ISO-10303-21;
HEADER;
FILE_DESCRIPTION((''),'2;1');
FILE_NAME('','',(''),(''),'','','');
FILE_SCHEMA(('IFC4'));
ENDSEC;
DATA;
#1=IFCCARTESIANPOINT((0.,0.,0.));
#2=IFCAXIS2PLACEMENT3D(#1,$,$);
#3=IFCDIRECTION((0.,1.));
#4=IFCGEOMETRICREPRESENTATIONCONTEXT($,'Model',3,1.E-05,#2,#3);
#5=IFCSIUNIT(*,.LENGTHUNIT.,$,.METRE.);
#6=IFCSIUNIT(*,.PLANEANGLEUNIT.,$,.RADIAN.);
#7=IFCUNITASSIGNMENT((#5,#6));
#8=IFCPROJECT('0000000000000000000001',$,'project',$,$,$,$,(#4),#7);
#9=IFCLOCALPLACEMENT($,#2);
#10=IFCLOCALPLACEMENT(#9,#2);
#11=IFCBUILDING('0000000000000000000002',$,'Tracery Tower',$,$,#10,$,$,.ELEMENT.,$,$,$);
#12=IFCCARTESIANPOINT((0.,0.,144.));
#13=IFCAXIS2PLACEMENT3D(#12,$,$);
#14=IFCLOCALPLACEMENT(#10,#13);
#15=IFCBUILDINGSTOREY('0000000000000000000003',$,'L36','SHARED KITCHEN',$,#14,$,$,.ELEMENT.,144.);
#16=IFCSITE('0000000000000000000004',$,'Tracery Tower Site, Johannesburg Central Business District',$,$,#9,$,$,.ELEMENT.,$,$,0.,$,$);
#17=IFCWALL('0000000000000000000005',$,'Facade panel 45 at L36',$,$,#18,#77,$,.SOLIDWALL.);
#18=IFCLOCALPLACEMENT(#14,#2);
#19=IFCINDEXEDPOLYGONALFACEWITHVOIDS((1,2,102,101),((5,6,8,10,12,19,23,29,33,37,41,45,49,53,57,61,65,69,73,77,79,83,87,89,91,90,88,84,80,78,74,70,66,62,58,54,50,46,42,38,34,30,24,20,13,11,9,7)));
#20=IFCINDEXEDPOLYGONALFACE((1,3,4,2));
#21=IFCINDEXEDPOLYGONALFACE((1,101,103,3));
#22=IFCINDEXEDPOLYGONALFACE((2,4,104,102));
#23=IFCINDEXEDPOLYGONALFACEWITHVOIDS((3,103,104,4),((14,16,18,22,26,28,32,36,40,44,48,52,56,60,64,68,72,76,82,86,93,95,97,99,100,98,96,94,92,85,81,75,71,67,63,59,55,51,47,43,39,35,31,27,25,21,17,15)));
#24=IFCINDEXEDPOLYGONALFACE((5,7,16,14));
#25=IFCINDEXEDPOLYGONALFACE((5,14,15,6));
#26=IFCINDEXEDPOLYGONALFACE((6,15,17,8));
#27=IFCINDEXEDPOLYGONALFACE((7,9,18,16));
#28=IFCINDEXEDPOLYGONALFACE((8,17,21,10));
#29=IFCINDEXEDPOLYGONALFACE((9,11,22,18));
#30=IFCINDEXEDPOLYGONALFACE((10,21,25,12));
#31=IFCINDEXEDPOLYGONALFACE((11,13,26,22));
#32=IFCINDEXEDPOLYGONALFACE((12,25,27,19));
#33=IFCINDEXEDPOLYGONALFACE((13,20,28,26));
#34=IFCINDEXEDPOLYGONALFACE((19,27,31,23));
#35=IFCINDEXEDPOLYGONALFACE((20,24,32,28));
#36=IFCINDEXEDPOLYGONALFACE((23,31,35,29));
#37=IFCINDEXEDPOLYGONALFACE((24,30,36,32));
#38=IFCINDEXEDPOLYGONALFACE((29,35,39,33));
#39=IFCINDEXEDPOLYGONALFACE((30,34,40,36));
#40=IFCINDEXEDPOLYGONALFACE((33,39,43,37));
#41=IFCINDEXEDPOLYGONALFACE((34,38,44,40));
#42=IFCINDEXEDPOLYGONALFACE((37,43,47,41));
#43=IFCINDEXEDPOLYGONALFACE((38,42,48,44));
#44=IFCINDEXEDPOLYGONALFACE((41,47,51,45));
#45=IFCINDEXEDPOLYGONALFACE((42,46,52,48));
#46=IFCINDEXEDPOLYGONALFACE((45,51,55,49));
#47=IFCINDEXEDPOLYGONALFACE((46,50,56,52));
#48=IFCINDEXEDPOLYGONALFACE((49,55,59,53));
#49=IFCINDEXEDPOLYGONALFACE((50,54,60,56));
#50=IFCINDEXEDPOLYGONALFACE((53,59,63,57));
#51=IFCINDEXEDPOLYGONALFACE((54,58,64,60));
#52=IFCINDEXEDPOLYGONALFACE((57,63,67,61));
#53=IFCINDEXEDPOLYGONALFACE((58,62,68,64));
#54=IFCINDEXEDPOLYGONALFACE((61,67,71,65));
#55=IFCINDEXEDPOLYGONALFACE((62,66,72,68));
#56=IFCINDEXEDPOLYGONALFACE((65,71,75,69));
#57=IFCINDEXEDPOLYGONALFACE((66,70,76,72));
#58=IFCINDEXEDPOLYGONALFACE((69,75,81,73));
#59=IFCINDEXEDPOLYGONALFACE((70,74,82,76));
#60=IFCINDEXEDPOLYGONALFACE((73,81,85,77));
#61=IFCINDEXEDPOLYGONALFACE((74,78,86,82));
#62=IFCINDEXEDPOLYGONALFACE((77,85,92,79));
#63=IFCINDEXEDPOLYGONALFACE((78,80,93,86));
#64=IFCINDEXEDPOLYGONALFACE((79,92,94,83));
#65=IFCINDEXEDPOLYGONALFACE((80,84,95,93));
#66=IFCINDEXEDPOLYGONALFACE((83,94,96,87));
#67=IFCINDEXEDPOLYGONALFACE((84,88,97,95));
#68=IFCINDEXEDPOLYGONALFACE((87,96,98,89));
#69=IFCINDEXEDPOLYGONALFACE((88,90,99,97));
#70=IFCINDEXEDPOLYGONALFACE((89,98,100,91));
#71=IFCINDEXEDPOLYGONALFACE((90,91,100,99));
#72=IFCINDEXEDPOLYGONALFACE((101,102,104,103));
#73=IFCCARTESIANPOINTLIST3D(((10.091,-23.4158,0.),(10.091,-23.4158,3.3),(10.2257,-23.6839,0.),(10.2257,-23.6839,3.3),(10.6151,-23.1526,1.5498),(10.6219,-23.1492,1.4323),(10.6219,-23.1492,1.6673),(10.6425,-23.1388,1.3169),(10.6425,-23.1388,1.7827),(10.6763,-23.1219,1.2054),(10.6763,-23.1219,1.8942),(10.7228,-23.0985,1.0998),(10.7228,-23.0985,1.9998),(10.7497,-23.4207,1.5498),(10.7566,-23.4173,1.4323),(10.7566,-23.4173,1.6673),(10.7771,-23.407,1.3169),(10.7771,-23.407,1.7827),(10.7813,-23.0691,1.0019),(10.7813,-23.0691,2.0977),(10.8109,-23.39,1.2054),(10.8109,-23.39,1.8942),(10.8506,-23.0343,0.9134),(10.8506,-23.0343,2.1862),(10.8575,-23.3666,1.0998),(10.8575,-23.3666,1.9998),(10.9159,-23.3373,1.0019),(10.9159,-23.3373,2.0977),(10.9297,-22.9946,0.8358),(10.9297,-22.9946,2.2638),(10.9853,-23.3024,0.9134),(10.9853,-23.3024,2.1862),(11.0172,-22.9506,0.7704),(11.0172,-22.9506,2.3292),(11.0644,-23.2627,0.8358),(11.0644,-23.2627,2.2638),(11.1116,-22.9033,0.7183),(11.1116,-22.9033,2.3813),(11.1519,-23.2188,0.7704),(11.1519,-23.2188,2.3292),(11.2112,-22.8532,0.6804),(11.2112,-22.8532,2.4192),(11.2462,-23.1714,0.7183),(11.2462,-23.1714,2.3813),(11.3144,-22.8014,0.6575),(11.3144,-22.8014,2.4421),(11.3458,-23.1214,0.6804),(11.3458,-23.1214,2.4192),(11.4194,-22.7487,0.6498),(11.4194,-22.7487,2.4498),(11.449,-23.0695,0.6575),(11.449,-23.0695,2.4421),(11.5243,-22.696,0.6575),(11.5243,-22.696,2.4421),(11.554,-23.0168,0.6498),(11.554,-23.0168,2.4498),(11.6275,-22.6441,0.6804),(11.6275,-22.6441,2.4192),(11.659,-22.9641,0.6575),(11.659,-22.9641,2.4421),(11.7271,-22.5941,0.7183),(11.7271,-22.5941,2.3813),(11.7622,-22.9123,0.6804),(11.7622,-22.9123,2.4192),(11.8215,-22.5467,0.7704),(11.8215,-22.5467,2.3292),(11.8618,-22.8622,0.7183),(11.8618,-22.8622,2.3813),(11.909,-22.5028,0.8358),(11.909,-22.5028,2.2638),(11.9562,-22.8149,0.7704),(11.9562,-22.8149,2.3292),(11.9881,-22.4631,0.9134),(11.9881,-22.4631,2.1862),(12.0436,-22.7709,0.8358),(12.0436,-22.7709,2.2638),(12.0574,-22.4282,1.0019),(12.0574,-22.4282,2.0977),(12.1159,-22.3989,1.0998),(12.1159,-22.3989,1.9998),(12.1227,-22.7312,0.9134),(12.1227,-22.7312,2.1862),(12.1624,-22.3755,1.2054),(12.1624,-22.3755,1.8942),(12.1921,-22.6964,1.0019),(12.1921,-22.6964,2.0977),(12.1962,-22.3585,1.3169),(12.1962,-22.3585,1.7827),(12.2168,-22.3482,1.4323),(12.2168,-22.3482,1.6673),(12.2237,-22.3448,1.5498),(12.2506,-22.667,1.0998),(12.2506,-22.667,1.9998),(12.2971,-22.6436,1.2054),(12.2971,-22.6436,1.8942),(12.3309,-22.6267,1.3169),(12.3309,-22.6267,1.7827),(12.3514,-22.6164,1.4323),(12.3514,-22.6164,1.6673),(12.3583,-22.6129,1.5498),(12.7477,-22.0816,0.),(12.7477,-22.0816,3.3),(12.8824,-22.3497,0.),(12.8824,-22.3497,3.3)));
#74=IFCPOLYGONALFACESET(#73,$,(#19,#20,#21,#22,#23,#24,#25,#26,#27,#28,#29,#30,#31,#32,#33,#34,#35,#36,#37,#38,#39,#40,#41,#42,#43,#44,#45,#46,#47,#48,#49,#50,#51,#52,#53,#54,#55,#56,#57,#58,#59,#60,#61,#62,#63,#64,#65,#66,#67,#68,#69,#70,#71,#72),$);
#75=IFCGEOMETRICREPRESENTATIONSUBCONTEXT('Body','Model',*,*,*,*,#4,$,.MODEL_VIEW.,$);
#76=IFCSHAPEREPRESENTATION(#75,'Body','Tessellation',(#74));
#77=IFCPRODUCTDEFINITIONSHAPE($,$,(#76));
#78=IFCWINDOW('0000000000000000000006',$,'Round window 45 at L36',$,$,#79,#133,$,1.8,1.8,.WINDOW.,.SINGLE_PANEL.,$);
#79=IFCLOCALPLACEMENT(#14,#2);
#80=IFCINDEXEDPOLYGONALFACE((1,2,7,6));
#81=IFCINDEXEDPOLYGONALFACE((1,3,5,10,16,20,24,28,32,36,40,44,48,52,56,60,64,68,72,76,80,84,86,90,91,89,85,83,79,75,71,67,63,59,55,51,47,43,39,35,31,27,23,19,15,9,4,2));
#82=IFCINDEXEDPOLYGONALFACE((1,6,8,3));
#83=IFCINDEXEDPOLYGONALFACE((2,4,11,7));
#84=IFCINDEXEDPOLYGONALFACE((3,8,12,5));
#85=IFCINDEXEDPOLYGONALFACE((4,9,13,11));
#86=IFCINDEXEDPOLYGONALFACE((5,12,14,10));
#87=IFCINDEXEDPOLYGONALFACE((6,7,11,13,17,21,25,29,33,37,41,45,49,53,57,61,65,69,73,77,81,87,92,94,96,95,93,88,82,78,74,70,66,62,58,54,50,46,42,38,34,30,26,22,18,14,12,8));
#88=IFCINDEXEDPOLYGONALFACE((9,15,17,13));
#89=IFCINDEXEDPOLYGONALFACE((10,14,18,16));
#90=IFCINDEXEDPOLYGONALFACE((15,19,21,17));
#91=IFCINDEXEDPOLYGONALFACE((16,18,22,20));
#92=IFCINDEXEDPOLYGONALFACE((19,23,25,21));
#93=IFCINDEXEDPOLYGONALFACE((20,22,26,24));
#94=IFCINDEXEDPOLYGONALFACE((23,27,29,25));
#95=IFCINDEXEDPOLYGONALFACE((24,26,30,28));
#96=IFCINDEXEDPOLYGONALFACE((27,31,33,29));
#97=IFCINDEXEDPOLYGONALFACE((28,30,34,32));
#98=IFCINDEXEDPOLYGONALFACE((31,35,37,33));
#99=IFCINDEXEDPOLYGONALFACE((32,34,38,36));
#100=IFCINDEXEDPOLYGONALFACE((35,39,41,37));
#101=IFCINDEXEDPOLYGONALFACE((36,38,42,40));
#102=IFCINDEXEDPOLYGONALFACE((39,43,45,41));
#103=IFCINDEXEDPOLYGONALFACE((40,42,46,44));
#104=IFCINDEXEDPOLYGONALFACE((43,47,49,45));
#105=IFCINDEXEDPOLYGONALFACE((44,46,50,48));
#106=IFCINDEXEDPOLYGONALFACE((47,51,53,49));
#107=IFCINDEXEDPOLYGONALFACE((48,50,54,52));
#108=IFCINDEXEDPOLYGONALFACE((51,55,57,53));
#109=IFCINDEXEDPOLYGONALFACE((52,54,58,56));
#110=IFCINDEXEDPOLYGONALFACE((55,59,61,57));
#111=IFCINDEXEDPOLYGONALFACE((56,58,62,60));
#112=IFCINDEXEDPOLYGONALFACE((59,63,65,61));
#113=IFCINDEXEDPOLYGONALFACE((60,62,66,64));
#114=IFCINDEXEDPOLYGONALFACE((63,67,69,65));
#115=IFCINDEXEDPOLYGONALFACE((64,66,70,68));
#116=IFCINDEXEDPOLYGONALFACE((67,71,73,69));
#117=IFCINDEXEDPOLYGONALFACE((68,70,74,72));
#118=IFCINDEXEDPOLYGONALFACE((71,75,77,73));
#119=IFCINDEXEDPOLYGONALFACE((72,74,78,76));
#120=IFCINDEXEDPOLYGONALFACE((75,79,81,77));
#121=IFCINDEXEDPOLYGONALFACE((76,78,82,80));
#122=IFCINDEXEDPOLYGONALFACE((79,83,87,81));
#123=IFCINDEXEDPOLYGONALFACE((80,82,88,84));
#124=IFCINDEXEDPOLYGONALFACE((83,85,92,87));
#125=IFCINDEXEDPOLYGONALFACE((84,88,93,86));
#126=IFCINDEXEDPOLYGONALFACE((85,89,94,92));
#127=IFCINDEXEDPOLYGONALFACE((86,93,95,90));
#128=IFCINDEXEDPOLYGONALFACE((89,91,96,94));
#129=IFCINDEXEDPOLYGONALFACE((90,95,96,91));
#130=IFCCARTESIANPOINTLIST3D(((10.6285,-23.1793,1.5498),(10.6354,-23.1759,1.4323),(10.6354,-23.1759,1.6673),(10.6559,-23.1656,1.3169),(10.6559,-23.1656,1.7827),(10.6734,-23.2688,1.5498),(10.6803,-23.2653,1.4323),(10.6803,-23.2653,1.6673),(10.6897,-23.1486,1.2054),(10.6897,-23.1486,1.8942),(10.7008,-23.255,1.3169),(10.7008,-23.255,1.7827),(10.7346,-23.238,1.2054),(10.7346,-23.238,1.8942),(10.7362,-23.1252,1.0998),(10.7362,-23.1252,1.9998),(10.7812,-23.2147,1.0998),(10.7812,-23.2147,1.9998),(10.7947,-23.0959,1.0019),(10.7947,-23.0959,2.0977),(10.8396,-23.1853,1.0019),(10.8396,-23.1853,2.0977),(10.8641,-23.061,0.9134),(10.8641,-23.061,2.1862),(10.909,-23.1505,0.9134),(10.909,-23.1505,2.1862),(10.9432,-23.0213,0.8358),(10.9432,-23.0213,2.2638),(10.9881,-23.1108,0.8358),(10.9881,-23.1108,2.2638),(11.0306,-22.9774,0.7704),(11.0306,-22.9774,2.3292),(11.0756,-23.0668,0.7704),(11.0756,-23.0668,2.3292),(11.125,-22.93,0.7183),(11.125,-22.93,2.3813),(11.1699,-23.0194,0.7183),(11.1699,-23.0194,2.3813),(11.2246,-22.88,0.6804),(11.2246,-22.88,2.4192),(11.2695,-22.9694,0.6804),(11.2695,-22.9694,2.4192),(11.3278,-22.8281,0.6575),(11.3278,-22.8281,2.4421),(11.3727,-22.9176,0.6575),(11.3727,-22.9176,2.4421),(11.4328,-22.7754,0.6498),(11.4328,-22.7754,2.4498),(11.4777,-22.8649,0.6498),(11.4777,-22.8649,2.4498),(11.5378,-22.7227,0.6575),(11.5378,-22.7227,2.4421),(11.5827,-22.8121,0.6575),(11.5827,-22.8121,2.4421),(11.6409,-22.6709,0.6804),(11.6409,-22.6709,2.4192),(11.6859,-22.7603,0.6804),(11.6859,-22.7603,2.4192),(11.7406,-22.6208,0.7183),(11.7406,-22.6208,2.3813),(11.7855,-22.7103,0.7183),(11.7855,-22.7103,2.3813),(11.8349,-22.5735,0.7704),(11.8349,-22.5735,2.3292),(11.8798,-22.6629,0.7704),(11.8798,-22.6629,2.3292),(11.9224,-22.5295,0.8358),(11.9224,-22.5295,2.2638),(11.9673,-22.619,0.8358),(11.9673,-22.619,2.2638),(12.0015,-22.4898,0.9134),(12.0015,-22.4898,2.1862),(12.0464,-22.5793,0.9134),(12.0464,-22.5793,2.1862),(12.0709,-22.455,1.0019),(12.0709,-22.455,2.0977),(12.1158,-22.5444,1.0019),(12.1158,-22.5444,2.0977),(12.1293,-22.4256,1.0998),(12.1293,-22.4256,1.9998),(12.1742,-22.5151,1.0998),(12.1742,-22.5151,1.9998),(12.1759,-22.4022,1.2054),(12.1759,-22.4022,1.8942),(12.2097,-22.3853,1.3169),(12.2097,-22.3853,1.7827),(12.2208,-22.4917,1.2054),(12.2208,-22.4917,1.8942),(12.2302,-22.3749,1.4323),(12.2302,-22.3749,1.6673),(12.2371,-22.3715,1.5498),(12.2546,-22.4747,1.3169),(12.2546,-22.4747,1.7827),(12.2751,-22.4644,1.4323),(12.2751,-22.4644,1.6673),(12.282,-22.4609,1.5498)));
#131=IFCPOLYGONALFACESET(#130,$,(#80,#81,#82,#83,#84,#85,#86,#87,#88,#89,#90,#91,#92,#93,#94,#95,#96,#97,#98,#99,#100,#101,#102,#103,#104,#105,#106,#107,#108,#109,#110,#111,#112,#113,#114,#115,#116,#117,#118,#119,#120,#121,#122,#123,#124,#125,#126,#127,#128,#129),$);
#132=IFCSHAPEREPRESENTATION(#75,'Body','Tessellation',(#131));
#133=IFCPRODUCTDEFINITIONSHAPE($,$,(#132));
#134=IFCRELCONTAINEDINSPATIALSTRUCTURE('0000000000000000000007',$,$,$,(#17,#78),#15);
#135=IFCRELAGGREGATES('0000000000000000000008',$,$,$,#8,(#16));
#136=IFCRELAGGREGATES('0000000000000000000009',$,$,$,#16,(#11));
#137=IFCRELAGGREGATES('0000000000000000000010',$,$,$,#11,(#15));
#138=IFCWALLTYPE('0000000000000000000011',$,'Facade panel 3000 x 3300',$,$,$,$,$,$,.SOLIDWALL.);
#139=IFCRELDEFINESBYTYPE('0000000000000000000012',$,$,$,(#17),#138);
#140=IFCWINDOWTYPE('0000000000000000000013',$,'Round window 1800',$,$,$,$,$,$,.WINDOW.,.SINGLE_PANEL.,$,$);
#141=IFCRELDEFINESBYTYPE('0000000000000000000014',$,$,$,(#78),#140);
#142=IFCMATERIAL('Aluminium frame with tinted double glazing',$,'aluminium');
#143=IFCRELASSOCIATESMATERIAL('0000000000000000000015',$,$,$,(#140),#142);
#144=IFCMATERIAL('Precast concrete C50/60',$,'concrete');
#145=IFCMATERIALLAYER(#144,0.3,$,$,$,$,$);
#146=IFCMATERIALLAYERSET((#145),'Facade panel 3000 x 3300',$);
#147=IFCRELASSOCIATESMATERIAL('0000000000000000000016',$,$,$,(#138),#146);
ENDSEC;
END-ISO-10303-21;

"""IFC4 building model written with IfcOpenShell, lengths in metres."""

from ifc_helpers import new_model, si_unit, direction, frame, frame_2d, origin, origin_2d, place, context, subcontext, project, spatial, rectangle, circle, extrude, material, layer, layer_set, type_object, element, fill, save


model = new_model("IFC4")

# Units and contexts
model_context = context("Model", 3, precision=1e-05, world=origin(), true_north=direction((0.0, 1.0)))
body_context = subcontext(model_context, "Body", "Model", "MODEL_VIEW")
ifc_project = project(units=[si_unit("LENGTHUNIT", "METRE"), si_unit("PLANEANGLEUNIT", "RADIAN")], contexts=[model_context])

# Site, building, storey
site_placement = place(None, origin())
site = spatial("IfcSite", under=ifc_project, at=site_placement, Name="Tracery Tower Site, Johannesburg Central Business District", CompositionType="ELEMENT", RefElevation=0.0)
building_placement = place(site_placement, origin())
building = spatial("IfcBuilding", under=site, at=building_placement, Name="Tracery Tower", CompositionType="ELEMENT")
storey_placement = place(building_placement, frame((0.0, 0.0, 144.0)))
storey = spatial("IfcBuildingStorey", under=building, at=storey_placement, Name="L36", Description="SHARED KITCHEN", CompositionType="ELEMENT", Elevation=144.0)

# Wall, opening, window
ifc_material_1 = material(Name="Aluminium frame with tinted double glazing", Category="aluminium")
window_type = type_object("IfcWindowType", Name="Round window 1800", PartitioningType="SINGLE_PANEL", PredefinedType="WINDOW", material=ifc_material_1)
ifc_material_2 = material(Name="Precast concrete C50/60", Category="concrete")
ifc_layer_1 = layer(ifc_material_2, 0.3)
ifc_layer_set_1 = layer_set([ifc_layer_1], Name="Facade panel 3000 x 3300")
wall_type_1 = type_object("IfcWallType", Name="Facade panel 3000 x 3300", PredefinedType="SOLIDWALL", material=ifc_layer_set_1)
wall_1_placement = place(storey_placement, frame((10.1584, -23.5498, 0.0), z_axis=(0.0, 0.0, 1.0), x_axis=(0.893637, 0.44879, 0.0)))
wall_1 = element("IfcWall", 1, at=wall_1_placement, inside=storey, type_object=wall_type_1, Name="Facade panel 45 at L36", PredefinedType="SOLIDWALL", context=body_context, shape_type="SweptSolid", body=[
    extrude(rectangle(XDim=2.9729, YDim=0.3, at=frame_2d((1.4863, 0.0))), origin(), (0.0, 0.0, 1.0), 3.3),
])
opening_1_placement = place(wall_1_placement, frame((1.4863, 0.0, 1.5498)))
opening_1 = element("IfcOpeningElement", 2, at=opening_1_placement, cuts=wall_1, PredefinedType="OPENING", context=body_context, shape_type="SweptSolid", body=[
    extrude(circle(Radius=0.9, at=origin_2d()), frame((0.0, 0.1599, 0.0), z_axis=(0.0, -1.0, 0.0), x_axis=(1.0, 0.0, 0.0)), (0.0, 0.0, 1.0), 0.3201),
])
window_1_placement = place(opening_1_placement, origin())
window_1 = element("IfcWindow", 3, at=window_1_placement, inside=storey, type_object=window_type, Name="Round window 45 at L36", OverallHeight=1.8, OverallWidth=1.8, PartitioningType="SINGLE_PANEL", PredefinedType="WINDOW", context=body_context, shape_type="SweptSolid", body=[
    extrude(circle(Radius=0.9, at=origin_2d()), frame((0.0, 0.1201, 0.0), z_axis=(0.0, -1.0, 0.0), x_axis=(1.0, 0.0, 0.0)), (0.0, 0.0, 1.0), 0.1001),
])
fill(opening_1, window_1)

save(model, "model.ifc")
